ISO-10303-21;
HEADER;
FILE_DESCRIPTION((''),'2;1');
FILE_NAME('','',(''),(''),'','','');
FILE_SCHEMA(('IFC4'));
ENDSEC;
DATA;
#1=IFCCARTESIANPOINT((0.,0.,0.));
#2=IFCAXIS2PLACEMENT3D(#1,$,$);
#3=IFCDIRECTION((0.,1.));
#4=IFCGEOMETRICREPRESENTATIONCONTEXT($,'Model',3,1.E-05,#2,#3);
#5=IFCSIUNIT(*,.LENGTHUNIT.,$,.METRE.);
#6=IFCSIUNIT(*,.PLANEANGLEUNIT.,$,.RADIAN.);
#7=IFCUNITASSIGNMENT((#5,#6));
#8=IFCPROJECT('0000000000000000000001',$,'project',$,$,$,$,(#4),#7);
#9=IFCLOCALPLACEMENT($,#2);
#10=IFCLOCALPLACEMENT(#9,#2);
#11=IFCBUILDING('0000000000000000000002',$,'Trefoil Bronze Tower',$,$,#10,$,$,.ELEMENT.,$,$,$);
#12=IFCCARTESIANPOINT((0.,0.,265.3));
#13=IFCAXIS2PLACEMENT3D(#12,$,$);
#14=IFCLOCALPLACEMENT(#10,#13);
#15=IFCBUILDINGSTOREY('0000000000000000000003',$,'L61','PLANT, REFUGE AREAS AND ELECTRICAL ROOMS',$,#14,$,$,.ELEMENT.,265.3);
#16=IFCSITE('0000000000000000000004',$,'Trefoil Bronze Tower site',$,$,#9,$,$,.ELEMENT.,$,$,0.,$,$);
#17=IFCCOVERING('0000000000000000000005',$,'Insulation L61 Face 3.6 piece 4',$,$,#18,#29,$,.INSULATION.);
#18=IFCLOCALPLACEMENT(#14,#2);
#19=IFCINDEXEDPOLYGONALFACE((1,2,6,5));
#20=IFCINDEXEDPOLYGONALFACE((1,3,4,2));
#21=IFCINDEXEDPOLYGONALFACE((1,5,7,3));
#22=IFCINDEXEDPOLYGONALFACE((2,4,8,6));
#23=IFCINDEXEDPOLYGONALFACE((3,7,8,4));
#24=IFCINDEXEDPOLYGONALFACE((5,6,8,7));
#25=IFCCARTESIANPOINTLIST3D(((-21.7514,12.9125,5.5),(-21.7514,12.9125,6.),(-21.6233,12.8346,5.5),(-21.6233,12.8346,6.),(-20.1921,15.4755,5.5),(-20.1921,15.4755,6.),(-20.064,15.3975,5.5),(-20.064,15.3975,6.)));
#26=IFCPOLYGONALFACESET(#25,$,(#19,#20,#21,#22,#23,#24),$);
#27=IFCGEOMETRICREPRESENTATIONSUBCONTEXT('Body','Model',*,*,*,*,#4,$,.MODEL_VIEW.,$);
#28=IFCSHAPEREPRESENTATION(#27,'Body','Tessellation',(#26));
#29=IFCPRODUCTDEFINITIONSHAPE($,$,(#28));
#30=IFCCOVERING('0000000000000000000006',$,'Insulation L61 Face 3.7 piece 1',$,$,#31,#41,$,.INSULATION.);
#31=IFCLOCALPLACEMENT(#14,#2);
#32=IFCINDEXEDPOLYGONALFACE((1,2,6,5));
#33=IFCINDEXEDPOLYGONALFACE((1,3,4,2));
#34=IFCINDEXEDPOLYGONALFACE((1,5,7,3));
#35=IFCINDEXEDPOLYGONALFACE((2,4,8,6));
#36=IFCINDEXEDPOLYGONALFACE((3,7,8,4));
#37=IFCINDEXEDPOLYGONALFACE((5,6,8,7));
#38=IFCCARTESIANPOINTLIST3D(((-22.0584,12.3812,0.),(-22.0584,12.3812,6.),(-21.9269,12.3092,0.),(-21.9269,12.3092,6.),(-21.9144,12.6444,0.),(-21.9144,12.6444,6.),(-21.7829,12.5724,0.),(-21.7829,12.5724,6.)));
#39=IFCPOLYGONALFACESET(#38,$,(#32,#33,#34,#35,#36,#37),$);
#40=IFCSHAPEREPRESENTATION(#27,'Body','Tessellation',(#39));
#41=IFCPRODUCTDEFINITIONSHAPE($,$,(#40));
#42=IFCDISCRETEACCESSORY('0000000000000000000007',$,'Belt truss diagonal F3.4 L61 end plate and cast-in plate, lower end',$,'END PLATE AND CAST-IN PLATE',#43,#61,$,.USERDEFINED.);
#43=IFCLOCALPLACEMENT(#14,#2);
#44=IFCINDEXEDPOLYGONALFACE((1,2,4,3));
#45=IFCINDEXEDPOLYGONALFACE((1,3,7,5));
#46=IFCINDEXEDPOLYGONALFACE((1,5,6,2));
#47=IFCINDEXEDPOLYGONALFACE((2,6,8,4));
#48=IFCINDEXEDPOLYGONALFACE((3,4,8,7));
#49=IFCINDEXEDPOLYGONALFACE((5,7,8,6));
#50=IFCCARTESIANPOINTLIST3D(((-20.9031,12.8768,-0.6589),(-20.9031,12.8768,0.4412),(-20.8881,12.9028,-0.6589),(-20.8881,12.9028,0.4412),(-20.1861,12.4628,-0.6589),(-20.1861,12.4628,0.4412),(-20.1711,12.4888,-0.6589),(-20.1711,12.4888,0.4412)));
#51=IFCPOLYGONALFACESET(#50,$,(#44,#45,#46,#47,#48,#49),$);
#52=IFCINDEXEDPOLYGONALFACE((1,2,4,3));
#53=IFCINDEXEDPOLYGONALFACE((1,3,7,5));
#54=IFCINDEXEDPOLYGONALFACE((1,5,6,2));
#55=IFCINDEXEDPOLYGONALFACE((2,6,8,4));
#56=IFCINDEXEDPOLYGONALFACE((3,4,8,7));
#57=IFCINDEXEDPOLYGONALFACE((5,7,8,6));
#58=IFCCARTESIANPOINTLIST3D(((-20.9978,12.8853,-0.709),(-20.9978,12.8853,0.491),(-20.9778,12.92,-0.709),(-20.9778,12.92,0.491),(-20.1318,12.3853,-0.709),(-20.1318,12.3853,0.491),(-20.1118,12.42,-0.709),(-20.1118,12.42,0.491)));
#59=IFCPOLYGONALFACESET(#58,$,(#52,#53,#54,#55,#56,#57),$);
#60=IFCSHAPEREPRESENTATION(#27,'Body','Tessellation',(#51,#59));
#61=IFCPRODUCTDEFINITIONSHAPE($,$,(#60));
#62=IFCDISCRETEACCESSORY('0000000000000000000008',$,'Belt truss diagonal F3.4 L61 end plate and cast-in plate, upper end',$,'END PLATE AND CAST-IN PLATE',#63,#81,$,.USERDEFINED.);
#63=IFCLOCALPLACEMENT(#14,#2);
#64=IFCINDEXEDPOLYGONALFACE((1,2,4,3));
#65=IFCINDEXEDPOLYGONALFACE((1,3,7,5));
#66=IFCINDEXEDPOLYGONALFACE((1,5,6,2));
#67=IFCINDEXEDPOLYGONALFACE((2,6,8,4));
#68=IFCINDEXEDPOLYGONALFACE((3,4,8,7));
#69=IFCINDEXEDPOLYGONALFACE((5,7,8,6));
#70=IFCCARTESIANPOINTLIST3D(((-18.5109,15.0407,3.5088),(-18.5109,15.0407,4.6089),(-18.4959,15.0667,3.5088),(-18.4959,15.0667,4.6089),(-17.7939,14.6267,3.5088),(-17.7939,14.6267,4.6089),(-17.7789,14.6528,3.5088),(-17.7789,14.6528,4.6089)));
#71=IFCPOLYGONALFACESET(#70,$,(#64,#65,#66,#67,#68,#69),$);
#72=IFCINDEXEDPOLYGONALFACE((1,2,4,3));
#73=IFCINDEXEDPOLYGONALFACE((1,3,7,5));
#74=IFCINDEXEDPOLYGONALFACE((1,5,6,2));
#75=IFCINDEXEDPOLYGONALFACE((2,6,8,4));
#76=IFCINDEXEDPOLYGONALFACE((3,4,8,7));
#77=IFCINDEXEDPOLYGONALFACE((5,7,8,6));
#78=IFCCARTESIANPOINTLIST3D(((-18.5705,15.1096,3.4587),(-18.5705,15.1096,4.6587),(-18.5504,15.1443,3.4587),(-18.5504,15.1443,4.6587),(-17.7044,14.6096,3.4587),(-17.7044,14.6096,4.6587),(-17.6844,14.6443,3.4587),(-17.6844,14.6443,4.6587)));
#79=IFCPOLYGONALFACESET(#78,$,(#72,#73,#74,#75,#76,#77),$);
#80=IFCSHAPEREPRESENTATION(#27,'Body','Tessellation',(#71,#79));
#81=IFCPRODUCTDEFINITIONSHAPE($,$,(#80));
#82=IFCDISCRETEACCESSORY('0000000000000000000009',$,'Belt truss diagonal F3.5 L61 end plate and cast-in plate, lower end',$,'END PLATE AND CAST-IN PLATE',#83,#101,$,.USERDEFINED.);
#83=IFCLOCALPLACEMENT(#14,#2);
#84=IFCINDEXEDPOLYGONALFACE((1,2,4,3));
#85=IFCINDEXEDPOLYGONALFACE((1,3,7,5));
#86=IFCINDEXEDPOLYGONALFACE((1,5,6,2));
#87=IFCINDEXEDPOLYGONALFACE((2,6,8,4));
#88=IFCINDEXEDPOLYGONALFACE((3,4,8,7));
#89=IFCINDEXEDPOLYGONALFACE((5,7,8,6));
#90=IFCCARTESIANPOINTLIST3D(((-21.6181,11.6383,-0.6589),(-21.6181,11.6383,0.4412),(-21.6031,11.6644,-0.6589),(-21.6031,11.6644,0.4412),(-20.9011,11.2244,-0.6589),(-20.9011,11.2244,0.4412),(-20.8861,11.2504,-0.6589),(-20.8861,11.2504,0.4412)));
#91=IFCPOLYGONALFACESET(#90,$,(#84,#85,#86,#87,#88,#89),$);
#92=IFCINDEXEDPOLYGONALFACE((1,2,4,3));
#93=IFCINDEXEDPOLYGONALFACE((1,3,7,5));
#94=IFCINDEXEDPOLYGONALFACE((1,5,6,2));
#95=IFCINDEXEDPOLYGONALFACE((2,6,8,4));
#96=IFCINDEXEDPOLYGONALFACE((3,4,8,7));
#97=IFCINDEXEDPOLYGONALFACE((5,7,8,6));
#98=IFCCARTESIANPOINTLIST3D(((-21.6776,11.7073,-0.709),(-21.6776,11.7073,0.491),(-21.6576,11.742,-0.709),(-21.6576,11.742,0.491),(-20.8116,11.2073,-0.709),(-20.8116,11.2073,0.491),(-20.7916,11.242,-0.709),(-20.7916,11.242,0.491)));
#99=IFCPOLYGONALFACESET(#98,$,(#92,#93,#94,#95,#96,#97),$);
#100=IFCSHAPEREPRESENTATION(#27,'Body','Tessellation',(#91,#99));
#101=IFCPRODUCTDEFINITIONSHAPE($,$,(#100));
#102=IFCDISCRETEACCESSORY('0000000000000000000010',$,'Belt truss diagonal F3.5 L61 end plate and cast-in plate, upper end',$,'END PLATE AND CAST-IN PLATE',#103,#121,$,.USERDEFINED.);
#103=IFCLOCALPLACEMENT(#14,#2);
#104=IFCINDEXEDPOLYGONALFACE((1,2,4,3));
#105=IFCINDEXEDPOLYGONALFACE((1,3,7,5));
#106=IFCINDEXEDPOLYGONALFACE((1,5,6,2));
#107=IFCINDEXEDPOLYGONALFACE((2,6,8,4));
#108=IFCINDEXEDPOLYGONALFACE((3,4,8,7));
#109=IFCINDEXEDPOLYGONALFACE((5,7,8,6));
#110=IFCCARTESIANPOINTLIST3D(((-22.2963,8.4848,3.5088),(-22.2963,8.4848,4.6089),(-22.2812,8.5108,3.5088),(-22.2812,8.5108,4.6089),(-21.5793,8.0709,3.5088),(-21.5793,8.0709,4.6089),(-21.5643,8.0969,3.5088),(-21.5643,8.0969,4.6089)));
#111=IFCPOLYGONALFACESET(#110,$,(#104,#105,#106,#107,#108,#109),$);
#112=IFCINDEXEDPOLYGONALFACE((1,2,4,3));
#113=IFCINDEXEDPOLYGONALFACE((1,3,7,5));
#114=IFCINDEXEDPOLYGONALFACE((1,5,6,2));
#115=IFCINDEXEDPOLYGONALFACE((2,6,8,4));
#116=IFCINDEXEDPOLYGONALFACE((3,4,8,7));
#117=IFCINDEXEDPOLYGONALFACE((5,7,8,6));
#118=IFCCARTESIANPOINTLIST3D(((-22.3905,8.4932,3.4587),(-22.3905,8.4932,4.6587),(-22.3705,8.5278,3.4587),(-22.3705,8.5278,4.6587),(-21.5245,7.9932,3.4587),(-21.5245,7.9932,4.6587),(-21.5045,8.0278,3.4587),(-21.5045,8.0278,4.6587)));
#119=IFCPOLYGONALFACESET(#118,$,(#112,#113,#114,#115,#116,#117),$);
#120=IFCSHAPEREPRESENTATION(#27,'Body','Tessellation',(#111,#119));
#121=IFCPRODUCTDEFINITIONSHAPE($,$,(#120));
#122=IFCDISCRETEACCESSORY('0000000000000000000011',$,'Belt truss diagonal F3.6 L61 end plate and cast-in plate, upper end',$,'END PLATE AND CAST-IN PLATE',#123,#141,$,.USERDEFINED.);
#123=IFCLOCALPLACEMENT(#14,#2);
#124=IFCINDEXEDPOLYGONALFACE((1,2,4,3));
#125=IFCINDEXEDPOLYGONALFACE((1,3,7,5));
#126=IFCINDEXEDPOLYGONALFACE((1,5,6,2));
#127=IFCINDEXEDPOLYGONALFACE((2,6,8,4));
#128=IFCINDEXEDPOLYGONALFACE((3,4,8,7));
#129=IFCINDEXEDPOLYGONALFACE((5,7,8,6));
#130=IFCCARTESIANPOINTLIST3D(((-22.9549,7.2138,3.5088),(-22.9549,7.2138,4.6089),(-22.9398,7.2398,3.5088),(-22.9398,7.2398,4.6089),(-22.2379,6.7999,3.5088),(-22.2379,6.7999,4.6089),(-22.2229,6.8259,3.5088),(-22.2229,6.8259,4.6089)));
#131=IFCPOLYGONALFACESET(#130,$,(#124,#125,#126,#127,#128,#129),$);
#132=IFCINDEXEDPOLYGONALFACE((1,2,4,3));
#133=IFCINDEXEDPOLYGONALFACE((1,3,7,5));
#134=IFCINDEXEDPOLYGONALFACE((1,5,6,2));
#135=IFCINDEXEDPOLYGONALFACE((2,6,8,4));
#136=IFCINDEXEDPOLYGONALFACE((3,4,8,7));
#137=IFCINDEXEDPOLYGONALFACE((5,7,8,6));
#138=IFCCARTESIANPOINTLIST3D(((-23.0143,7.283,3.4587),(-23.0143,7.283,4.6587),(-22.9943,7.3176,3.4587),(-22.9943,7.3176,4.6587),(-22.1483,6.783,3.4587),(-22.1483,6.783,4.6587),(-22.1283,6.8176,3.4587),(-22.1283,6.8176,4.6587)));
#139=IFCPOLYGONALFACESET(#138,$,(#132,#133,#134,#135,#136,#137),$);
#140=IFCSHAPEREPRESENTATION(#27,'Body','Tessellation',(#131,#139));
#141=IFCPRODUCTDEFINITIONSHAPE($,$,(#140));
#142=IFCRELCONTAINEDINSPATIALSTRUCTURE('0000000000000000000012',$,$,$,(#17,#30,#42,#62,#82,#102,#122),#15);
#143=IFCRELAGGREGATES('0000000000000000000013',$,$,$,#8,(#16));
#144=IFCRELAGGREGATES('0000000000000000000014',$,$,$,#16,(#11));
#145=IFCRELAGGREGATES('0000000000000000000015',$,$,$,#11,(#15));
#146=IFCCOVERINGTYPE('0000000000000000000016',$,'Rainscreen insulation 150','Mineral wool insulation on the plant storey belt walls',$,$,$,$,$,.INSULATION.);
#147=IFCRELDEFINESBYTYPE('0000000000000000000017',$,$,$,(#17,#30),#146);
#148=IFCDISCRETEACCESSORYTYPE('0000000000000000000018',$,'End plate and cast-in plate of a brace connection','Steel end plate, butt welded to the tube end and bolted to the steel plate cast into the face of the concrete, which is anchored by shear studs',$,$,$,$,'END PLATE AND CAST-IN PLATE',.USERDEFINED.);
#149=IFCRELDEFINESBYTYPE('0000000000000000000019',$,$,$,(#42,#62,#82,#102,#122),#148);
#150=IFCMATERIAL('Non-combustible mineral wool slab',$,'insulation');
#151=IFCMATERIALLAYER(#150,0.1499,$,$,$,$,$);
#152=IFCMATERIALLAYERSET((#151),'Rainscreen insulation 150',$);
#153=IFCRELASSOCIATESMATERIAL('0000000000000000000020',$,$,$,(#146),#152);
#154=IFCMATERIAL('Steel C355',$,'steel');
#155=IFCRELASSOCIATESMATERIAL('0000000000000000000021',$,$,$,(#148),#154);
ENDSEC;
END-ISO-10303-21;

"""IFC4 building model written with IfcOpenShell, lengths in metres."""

from ifc_helpers import new_model, si_unit, direction, frame, origin, origin_2d, place, context, subcontext, project, spatial, rectangle, extrude, material, layer, layer_set, type_object, element, save


model = new_model("IFC4")

# Units and contexts
model_context = context("Model", 3, precision=1e-05, world=origin(), true_north=direction((0.0, 1.0)))
body_context = subcontext(model_context, "Body", "Model", "MODEL_VIEW")
ifc_project = project(units=[si_unit("LENGTHUNIT", "METRE"), si_unit("PLANEANGLEUNIT", "RADIAN")], contexts=[model_context])

# Site, building, storey
site_placement = place(None, origin())
site = spatial("IfcSite", under=ifc_project, at=site_placement, Name="Trefoil Bronze Tower site", CompositionType="ELEMENT", RefElevation=0.0)
building_placement = place(site_placement, origin())
building = spatial("IfcBuilding", under=site, at=building_placement, Name="Trefoil Bronze Tower", CompositionType="ELEMENT")
storey_placement = place(building_placement, frame((0.0, 0.0, 265.3)))
storey = spatial("IfcBuildingStorey", under=building, at=storey_placement, Name="L61", Description="PLANT, REFUGE AREAS AND ELECTRICAL ROOMS", CompositionType="ELEMENT", Elevation=265.3)

# Coverings
ifc_material_1 = material(Name="Non-combustible mineral wool slab", Category="insulation")
ifc_layer_1 = layer(ifc_material_1, 0.1499)
ifc_layer_set_1 = layer_set([ifc_layer_1], Name="Rainscreen insulation 150")
covering_type_1 = type_object("IfcCoveringType", Name="Rainscreen insulation 150", Description="Mineral wool insulation on the plant storey belt walls", PredefinedType="INSULATION", material=ifc_layer_set_1)
covering_1_placement = place(storey_placement, frame((-20.9077, 14.155, 5.5), z_axis=(0.0, 0.0, 1.0), x_axis=(-0.519762, -0.854311, 0.0)))
element("IfcCovering", 1, at=covering_1_placement, inside=storey, type_object=covering_type_1, Name="Insulation L61 Face 3.6 piece 4", PredefinedType="INSULATION", context=body_context, shape_type="SweptSolid", body=[
    extrude(rectangle(XDim=3.0, YDim=0.1499, at=origin_2d()), origin(), (0.0, 0.0, 1.0), 0.5),
])
covering_2_placement = place(storey_placement, frame((-21.9207, 12.4768, 0.0), z_axis=(0.0, 0.0, 1.0), x_axis=(-0.479974, -0.877283, 0.0)))
element("IfcCovering", 2, at=covering_2_placement, inside=storey, type_object=covering_type_1, Name="Insulation L61 Face 3.7 piece 1", PredefinedType="INSULATION", context=body_context, shape_type="SweptSolid", body=[
    extrude(rectangle(XDim=0.3, YDim=0.1499, at=origin_2d()), origin(), (0.0, 0.0, 1.0), 6.0),
])

# Discrete accessories
ifc_material_2 = material(Name="Steel C355", Category="steel")
discrete_accessory_type = type_object("IfcDiscreteAccessoryType", Name="End plate and cast-in plate of a brace connection", Description="Steel end plate, butt welded to the tube end and bolted to the steel plate cast into the face of the concrete, which is anchored by shear studs", ElementType="END PLATE AND CAST-IN PLATE", PredefinedType="USERDEFINED", material=ifc_material_2)
discrete_accessory_1_placement = place(storey_placement, frame((-20.5447, 12.6697, -0.1089), z_axis=(0.0, 0.0, 1.0), x_axis=(0.5, 0.866025, 0.0)))
element("IfcDiscreteAccessory", 3, at=discrete_accessory_1_placement, inside=storey, type_object=discrete_accessory_type, Name="Belt truss diagonal F3.4 L61 end plate and cast-in plate, lower end", ObjectType="END PLATE AND CAST-IN PLATE", PredefinedType="USERDEFINED", context=body_context, shape_type="SweptSolid", body=[
    extrude(rectangle(XDim=0.03, YDim=0.8279, at=origin_2d()), frame((0.0151, 0.0, -0.55)), (0.0, 0.0, 1.0), 1.1001),
    extrude(rectangle(XDim=0.04, YDim=1.0, at=origin_2d()), frame((-0.0198, 0.0002, -0.6001)), (0.0, 0.0, 1.0), 1.2),
])
for number, where, z_axis, x_axis, name in (
    (4, (-18.1375, 14.8596, 4.0588), (0.0, 0.0, 1.0), (-0.5, -0.866025, 0.0), "Belt truss diagonal F3.4 L61 end plate and cast-in plate, upper end"),
    (5, (-21.2446, 11.4573, -0.1089), (0.0, 0.0, 1.0), (-0.5, -0.866025, 0.0), "Belt truss diagonal F3.5 L61 end plate and cast-in plate, lower end"),
):
    element("IfcDiscreteAccessory", number, at=place(storey_placement, frame(where, z_axis=z_axis, x_axis=x_axis)), inside=storey, type_object=discrete_accessory_type, Name=name, ObjectType="END PLATE AND CAST-IN PLATE", PredefinedType="USERDEFINED", context=body_context, shape_type="SweptSolid", body=[
        extrude(rectangle(XDim=0.03, YDim=0.8279, at=origin_2d()), frame((0.0149, 0.0, -0.55)), (0.0, 0.0, 1.0), 1.1001),
        extrude(rectangle(XDim=0.04, YDim=1.0, at=origin_2d()), frame((-0.02, 0.0, -0.6001)), (0.0, 0.0, 1.0), 1.2),
    ])
discrete_accessory_2_placement = place(storey_placement, frame((-21.9375, 8.2778, 4.0588), z_axis=(0.0, 0.0, 1.0), x_axis=(0.5, 0.866025, 0.0)))
element("IfcDiscreteAccessory", 6, at=discrete_accessory_2_placement, inside=storey, type_object=discrete_accessory_type, Name="Belt truss diagonal F3.5 L61 end plate and cast-in plate, upper end", ObjectType="END PLATE AND CAST-IN PLATE", PredefinedType="USERDEFINED", context=body_context, shape_type="SweptSolid", body=[
    extrude(rectangle(XDim=0.03, YDim=0.8279, at=origin_2d()), frame((0.0149, 0.0002, -0.55)), (0.0, 0.0, 1.0), 1.1001),
    extrude(rectangle(XDim=0.04, YDim=1.0, at=origin_2d()), frame((-0.02, 0.0, -0.6001)), (0.0, 0.0, 1.0), 1.2),
])
discrete_accessory_3_placement = place(storey_placement, frame((-22.5813, 7.033, 4.0588), z_axis=(0.0, 0.0, 1.0), x_axis=(-0.5, -0.866025, 0.0)))
element("IfcDiscreteAccessory", 7, at=discrete_accessory_3_placement, inside=storey, type_object=discrete_accessory_type, Name="Belt truss diagonal F3.6 L61 end plate and cast-in plate, upper end", ObjectType="END PLATE AND CAST-IN PLATE", PredefinedType="USERDEFINED", context=body_context, shape_type="SweptSolid", body=[
    extrude(rectangle(XDim=0.03, YDim=0.8279, at=origin_2d()), frame((0.0151, 0.0, -0.55)), (0.0, 0.0, 1.0), 1.1001),
    extrude(rectangle(XDim=0.04, YDim=1.0, at=origin_2d()), frame((-0.02, 0.0, -0.6001)), (0.0, 0.0, 1.0), 1.2),
])

save(model, "model.ifc")
